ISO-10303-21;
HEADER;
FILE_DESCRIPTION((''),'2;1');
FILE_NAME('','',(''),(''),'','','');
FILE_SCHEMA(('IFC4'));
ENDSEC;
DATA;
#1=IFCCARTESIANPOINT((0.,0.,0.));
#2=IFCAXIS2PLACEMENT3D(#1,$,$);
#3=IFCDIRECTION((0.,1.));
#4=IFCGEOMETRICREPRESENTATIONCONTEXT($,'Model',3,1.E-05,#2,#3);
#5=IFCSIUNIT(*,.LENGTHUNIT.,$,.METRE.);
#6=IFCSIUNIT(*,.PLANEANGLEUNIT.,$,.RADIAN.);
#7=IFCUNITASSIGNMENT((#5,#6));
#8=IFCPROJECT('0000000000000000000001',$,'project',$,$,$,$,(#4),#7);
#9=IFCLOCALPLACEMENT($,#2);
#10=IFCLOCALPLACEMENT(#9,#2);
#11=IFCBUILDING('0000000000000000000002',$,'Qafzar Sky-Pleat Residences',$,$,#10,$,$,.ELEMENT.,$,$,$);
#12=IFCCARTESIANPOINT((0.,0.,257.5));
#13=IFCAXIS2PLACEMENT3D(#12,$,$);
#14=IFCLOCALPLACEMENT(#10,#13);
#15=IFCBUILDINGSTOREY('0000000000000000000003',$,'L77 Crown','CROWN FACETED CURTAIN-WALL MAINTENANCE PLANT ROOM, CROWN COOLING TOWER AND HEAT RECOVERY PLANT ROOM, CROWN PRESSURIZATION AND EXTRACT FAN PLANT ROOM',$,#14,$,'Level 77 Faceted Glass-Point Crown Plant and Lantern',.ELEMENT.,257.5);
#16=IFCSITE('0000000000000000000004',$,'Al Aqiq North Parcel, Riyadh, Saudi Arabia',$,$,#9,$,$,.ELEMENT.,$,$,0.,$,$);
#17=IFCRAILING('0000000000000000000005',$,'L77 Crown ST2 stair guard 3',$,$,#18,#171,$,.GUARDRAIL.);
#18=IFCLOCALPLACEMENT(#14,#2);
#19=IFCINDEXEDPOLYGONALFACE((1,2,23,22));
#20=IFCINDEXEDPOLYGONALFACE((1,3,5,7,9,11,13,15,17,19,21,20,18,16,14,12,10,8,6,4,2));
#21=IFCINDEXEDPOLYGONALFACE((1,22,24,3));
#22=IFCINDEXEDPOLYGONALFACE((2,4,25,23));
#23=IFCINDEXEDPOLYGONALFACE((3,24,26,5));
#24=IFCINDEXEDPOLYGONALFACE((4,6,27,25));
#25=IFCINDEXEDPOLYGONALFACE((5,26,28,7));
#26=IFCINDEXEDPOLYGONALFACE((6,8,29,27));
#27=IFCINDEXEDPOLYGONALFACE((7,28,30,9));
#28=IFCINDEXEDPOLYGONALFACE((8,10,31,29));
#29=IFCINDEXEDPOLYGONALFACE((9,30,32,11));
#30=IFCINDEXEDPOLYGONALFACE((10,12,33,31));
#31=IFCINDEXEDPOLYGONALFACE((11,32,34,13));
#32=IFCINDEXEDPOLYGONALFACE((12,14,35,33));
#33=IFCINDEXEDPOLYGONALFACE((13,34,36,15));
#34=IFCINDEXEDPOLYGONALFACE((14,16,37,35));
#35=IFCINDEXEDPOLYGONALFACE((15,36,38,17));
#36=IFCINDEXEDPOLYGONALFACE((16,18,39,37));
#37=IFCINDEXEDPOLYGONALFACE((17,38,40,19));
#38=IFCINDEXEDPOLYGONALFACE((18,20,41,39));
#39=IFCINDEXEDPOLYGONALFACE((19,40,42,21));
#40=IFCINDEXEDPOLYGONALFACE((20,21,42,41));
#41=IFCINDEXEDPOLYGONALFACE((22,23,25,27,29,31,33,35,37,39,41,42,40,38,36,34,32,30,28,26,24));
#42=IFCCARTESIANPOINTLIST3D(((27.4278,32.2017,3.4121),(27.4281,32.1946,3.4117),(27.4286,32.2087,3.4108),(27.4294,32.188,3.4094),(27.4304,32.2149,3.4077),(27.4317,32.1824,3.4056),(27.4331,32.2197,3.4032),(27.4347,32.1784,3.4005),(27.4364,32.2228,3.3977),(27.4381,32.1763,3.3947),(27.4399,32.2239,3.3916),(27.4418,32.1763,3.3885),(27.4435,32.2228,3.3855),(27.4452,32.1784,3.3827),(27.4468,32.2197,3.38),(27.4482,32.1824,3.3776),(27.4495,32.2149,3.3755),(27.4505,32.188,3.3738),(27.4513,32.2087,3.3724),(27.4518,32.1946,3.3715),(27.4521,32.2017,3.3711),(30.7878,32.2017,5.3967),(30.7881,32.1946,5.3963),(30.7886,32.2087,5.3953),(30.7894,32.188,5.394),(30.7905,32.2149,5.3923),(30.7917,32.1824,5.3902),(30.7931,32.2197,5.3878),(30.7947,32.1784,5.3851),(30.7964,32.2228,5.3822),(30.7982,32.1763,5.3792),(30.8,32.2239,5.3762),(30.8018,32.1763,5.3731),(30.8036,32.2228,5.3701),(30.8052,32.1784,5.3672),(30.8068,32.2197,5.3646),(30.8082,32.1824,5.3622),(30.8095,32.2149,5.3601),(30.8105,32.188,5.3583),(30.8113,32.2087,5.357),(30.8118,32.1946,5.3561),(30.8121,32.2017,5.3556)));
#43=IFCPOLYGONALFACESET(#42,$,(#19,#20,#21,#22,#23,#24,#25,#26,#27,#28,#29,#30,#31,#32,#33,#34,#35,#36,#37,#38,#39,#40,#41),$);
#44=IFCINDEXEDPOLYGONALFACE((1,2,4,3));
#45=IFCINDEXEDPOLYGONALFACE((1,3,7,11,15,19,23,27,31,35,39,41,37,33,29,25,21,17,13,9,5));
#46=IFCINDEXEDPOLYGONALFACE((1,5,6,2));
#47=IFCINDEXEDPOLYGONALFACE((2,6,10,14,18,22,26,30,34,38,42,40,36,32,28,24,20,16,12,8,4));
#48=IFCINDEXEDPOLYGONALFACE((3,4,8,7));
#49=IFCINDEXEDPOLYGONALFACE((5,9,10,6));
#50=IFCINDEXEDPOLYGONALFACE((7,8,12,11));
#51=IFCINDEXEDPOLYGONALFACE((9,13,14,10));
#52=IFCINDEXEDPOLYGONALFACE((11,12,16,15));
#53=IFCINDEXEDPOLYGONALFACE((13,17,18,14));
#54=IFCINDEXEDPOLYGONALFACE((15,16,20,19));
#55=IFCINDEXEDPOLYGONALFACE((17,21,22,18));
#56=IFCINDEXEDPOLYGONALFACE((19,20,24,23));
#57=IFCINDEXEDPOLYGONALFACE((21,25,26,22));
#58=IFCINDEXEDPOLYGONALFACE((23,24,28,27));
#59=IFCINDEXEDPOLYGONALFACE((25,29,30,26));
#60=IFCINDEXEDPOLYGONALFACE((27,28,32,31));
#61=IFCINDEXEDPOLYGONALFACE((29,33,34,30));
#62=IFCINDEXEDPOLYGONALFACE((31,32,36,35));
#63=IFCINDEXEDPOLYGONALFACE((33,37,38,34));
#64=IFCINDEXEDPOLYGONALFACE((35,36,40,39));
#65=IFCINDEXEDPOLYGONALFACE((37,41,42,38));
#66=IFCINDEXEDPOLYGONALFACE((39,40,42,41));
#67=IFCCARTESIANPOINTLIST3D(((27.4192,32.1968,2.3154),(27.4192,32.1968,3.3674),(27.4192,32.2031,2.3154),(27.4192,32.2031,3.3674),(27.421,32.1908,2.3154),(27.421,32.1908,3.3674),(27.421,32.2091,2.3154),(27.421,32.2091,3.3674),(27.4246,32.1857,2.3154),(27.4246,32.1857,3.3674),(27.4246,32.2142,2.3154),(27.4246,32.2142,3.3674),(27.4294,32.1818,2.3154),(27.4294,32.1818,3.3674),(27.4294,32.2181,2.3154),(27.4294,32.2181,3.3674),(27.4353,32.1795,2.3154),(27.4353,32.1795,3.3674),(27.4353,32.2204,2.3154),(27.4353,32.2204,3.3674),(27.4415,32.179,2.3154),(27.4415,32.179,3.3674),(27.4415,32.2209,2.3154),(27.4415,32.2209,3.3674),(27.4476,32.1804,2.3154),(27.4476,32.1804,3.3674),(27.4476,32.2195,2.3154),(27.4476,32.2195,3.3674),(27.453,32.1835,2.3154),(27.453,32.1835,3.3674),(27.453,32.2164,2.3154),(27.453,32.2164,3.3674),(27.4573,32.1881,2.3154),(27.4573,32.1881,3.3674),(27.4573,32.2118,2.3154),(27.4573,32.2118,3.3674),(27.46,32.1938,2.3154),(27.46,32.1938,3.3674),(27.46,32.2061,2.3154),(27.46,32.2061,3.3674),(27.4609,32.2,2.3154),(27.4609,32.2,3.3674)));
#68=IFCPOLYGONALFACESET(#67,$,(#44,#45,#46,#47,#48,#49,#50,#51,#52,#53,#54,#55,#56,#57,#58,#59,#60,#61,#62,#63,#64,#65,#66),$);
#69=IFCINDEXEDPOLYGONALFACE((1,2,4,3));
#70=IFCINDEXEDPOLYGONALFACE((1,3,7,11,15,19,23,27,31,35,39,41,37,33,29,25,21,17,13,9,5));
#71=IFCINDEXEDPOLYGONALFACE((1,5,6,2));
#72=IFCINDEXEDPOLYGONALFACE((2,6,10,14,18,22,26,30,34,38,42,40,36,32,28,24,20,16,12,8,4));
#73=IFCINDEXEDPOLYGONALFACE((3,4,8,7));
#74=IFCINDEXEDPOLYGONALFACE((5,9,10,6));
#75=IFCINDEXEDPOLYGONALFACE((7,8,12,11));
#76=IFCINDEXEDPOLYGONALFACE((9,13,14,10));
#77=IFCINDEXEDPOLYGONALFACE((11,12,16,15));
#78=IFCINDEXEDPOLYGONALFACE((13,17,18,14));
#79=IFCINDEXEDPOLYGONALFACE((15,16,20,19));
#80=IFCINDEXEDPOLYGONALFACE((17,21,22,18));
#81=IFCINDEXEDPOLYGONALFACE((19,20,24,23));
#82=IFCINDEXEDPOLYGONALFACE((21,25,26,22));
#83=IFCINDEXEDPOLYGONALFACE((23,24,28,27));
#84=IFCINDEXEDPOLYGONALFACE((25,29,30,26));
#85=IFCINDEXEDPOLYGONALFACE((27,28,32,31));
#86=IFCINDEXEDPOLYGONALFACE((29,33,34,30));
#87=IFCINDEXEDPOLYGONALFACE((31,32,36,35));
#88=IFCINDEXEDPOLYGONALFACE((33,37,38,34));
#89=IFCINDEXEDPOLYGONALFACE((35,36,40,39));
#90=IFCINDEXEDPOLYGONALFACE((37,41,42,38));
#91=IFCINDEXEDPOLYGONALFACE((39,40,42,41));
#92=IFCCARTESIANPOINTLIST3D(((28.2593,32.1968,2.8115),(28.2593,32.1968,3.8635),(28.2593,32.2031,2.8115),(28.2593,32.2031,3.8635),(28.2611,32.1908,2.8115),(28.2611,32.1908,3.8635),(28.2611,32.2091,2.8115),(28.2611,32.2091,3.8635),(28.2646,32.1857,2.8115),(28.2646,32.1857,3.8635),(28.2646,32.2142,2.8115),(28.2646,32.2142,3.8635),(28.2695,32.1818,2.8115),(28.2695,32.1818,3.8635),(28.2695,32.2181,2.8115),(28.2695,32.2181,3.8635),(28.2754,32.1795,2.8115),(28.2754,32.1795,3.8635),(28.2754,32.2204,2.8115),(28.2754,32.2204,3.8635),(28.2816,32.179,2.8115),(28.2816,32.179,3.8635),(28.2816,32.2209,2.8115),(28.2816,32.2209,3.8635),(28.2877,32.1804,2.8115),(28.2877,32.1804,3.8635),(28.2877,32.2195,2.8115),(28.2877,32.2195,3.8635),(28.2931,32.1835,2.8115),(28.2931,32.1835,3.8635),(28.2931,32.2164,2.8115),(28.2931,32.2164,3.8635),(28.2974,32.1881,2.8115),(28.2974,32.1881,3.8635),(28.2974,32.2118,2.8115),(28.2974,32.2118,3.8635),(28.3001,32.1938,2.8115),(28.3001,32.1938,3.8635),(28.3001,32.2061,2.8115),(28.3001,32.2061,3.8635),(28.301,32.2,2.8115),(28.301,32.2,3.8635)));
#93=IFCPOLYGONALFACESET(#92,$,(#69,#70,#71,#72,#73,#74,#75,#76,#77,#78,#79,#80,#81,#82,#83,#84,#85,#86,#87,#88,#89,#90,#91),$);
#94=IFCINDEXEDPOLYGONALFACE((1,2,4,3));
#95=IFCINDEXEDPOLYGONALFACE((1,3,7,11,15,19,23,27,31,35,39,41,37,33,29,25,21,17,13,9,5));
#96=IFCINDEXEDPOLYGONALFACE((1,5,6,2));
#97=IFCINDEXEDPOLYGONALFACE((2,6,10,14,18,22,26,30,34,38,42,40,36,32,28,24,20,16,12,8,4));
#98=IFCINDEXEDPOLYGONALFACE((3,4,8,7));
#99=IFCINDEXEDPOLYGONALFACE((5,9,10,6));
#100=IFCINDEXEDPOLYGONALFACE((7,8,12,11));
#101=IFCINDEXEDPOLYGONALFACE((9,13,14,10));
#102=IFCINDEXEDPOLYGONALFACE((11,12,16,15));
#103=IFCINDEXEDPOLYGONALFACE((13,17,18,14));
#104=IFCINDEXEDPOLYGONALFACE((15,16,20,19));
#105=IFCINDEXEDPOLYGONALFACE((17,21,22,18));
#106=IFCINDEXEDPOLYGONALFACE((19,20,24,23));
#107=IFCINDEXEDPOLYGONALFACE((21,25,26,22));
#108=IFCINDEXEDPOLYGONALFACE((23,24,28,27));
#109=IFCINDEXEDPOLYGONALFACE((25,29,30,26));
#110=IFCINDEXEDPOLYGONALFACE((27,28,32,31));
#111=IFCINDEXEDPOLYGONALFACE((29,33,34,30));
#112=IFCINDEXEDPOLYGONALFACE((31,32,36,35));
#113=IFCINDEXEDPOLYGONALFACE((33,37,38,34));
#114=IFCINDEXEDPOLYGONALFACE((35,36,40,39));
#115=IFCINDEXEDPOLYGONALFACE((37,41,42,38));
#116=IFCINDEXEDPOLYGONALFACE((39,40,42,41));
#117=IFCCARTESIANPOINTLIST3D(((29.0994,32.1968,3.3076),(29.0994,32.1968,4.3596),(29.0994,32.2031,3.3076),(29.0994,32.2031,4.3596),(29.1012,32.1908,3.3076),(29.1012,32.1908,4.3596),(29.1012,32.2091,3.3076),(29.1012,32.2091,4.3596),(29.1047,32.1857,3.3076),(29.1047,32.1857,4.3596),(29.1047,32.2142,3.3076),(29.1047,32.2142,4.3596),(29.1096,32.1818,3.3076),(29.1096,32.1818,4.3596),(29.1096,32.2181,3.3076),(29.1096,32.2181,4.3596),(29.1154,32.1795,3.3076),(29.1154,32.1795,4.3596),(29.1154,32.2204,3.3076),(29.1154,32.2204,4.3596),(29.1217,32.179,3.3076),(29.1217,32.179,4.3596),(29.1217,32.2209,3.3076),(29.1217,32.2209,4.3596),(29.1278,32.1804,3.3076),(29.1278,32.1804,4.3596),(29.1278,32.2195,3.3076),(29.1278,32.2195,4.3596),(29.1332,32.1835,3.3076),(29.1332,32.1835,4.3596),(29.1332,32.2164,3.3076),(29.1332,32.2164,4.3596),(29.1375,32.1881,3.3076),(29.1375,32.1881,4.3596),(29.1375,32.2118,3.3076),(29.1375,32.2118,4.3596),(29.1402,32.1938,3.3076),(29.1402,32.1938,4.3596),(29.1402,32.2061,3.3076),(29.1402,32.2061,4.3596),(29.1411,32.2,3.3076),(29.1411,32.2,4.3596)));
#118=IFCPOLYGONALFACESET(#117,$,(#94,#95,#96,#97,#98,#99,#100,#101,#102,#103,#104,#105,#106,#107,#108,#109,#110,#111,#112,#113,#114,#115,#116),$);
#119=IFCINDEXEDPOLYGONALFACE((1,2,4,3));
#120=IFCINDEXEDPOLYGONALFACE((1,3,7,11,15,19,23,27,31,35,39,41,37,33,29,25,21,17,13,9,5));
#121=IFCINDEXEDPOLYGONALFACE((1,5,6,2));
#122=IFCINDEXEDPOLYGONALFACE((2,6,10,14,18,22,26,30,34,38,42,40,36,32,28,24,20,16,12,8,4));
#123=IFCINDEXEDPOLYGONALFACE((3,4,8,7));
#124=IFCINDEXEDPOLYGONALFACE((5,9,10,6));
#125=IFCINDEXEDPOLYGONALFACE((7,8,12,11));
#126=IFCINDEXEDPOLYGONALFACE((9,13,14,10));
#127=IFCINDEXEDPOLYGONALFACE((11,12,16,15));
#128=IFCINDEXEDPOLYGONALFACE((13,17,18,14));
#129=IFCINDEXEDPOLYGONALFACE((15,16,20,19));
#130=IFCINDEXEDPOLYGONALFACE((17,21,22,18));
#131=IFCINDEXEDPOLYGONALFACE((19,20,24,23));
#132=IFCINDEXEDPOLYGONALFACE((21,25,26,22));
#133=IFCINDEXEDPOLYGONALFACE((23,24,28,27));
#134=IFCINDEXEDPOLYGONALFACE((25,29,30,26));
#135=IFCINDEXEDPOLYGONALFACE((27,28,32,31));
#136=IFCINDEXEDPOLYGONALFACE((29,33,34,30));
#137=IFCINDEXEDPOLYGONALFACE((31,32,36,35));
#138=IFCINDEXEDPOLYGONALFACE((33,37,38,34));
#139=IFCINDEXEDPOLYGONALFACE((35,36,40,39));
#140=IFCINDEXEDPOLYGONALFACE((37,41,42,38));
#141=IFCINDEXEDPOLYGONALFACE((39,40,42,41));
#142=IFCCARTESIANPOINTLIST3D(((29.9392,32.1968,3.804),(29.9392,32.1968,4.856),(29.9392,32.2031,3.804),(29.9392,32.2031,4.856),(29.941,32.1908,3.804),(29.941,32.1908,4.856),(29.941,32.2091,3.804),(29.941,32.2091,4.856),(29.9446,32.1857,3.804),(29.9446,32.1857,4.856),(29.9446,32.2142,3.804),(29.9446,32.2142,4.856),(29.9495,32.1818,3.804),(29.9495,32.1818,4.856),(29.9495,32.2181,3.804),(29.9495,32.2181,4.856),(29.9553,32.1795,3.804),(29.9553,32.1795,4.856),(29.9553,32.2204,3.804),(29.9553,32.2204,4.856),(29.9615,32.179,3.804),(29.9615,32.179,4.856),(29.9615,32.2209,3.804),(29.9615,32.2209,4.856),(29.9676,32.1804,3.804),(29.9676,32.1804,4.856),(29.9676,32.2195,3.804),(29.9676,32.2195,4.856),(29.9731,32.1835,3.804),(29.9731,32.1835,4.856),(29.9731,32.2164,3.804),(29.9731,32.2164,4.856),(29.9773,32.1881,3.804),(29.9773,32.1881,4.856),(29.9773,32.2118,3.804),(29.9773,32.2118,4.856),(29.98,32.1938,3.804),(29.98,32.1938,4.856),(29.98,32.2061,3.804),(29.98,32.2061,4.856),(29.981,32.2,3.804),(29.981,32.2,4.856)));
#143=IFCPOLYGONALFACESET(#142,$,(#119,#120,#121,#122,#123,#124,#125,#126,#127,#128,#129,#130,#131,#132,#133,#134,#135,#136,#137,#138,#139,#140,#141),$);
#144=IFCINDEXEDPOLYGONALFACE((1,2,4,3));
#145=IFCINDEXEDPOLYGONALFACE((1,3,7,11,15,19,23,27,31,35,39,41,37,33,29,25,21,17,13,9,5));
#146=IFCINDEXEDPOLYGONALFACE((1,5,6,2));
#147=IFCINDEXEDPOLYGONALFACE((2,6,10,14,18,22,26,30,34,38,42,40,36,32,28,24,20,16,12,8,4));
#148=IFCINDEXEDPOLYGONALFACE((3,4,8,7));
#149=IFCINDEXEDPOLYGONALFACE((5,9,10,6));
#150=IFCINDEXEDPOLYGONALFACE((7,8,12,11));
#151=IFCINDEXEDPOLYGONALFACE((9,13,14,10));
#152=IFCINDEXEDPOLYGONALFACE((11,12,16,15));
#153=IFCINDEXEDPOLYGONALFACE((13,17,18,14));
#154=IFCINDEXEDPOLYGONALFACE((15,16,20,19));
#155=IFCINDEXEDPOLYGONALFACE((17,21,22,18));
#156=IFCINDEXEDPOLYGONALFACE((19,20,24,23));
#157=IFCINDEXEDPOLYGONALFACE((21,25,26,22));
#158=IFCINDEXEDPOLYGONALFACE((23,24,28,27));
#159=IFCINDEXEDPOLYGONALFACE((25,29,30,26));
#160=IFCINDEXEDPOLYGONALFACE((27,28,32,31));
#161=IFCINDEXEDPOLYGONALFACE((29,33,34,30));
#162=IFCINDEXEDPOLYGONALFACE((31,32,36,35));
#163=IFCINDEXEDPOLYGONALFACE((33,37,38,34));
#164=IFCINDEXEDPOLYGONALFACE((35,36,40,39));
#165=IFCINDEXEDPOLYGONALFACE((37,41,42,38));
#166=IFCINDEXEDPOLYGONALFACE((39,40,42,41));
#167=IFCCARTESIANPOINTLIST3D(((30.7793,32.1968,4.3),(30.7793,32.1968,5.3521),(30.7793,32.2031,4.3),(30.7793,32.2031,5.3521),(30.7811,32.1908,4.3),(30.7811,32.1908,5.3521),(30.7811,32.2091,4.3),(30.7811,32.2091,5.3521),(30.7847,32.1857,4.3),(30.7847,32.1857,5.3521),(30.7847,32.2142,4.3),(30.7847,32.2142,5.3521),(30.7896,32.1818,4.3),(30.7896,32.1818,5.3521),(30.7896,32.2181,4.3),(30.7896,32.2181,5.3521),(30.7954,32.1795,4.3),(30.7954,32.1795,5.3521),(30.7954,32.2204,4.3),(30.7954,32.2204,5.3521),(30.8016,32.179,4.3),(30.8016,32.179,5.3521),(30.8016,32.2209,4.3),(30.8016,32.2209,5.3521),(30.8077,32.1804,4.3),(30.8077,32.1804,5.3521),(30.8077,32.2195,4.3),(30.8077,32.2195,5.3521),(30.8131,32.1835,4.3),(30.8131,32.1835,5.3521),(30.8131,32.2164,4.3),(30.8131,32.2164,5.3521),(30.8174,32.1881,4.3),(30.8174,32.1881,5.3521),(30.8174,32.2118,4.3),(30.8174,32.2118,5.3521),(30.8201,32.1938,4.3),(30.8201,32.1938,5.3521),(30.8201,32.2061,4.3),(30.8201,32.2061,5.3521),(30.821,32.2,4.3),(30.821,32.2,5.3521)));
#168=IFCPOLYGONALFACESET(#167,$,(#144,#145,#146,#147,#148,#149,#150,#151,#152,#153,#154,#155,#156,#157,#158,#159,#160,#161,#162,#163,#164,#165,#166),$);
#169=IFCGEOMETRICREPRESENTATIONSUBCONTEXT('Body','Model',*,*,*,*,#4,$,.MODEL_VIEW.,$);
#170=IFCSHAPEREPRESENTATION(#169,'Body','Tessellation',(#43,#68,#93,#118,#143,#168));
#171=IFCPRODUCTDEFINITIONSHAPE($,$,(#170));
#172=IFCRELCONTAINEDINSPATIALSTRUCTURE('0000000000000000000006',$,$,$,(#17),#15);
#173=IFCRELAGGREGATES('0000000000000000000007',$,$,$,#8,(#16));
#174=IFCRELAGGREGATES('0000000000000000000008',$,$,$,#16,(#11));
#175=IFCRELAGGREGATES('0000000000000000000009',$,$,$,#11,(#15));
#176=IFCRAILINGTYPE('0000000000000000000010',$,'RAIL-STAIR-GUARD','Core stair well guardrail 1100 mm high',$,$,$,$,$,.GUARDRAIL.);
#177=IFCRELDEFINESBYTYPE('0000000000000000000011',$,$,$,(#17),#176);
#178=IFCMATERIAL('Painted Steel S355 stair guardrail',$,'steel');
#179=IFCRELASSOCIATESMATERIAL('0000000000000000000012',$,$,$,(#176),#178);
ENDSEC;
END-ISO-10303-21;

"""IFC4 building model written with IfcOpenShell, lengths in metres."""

from ifc_helpers import new_model, si_unit, direction, frame, origin, origin_2d, place, context, subcontext, project, spatial, circle, extrude, source, transform, mapped, material, type_object, element, save


model = new_model("IFC4")

# Units and contexts
model_context = context("Model", 3, precision=1e-05, world=origin(), true_north=direction((0.0, 1.0)))
body_context = subcontext(model_context, "Body", "Model", "MODEL_VIEW")
ifc_project = project(units=[si_unit("LENGTHUNIT", "METRE"), si_unit("PLANEANGLEUNIT", "RADIAN")], contexts=[model_context])

# Site, building, storey
site_placement = place(None, origin())
site = spatial("IfcSite", under=ifc_project, at=site_placement, Name="Al Aqiq North Parcel, Riyadh, Saudi Arabia", CompositionType="ELEMENT", RefElevation=0.0)
building_placement = place(site_placement, origin())
building = spatial("IfcBuilding", under=site, at=building_placement, Name="Qafzar Sky-Pleat Residences", CompositionType="ELEMENT")
storey_placement = place(building_placement, frame((0.0, 0.0, 257.5)))
storey = spatial("IfcBuildingStorey", under=building, at=storey_placement, Name="L77 Crown", Description="CROWN FACETED CURTAIN-WALL MAINTENANCE PLANT ROOM, CROWN COOLING TOWER AND HEAT RECOVERY PLANT ROOM, CROWN PRESSURIZATION AND EXTRACT FAN PLANT ROOM", LongName="Level 77 Faceted Glass-Point Crown Plant and Lantern", CompositionType="ELEMENT", Elevation=257.5)

# Railing
ifc_material_1 = material(Name="Painted Steel S355 stair guardrail", Category="steel")
railing_type_1 = type_object("IfcRailingType", Name="RAIL-STAIR-GUARD", Description="Core stair well guardrail 1100 mm high", PredefinedType="GUARDRAIL", material=ifc_material_1)
shared_shape_1 = source(origin(), body_context, "Body", "SweptSolid", [
    extrude(circle(Radius=0.0239, at=origin_2d()), frame((0.0, 0.0, 1.0762), z_axis=(0.861027, 0.0, 0.508559), x_axis=(0.0, 1.0, 0.0)), (0.0, 0.0, 1.0), 3.9023),
    extrude(circle(Radius=0.021, at=origin_2d()), origin(), (0.0, 0.0, 1.0), 1.052),
    extrude(circle(Radius=0.021, at=origin_2d()), frame((0.8401, 0.0, 0.4961)), (0.0, 0.0, 1.0), 1.052),
    extrude(circle(Radius=0.021, at=origin_2d()), frame((1.6802, 0.0, 0.9922)), (0.0, 0.0, 1.0), 1.052),
    extrude(circle(Radius=0.021, at=origin_2d()), frame((2.52, 0.0, 1.4885)), (0.0, 0.0, 1.0), 1.052),
    extrude(circle(Radius=0.021, at=origin_2d()), frame((3.3601, 0.0, 1.9846)), (0.0, 0.0, 1.0), 1.052),
])
railing_1_placement = place(storey_placement, frame((27.4399, 32.2, 2.3154)))
element("IfcRailing", 1, at=railing_1_placement, inside=storey, type_object=railing_type_1, Name="L77 Crown ST2 stair guard 3", PredefinedType="GUARDRAIL", context=body_context, shape_type="MappedRepresentation", body=[
    mapped(shared_shape_1, transform((0.0, 0.0, 0.0), x_axis=(1.0, 0.0, 0.0), y_axis=(0.0, 1.0, 0.0), z_axis=(0.0, 0.0, 1.0), scale=1.0)),
])

save(model, "model.ifc")
